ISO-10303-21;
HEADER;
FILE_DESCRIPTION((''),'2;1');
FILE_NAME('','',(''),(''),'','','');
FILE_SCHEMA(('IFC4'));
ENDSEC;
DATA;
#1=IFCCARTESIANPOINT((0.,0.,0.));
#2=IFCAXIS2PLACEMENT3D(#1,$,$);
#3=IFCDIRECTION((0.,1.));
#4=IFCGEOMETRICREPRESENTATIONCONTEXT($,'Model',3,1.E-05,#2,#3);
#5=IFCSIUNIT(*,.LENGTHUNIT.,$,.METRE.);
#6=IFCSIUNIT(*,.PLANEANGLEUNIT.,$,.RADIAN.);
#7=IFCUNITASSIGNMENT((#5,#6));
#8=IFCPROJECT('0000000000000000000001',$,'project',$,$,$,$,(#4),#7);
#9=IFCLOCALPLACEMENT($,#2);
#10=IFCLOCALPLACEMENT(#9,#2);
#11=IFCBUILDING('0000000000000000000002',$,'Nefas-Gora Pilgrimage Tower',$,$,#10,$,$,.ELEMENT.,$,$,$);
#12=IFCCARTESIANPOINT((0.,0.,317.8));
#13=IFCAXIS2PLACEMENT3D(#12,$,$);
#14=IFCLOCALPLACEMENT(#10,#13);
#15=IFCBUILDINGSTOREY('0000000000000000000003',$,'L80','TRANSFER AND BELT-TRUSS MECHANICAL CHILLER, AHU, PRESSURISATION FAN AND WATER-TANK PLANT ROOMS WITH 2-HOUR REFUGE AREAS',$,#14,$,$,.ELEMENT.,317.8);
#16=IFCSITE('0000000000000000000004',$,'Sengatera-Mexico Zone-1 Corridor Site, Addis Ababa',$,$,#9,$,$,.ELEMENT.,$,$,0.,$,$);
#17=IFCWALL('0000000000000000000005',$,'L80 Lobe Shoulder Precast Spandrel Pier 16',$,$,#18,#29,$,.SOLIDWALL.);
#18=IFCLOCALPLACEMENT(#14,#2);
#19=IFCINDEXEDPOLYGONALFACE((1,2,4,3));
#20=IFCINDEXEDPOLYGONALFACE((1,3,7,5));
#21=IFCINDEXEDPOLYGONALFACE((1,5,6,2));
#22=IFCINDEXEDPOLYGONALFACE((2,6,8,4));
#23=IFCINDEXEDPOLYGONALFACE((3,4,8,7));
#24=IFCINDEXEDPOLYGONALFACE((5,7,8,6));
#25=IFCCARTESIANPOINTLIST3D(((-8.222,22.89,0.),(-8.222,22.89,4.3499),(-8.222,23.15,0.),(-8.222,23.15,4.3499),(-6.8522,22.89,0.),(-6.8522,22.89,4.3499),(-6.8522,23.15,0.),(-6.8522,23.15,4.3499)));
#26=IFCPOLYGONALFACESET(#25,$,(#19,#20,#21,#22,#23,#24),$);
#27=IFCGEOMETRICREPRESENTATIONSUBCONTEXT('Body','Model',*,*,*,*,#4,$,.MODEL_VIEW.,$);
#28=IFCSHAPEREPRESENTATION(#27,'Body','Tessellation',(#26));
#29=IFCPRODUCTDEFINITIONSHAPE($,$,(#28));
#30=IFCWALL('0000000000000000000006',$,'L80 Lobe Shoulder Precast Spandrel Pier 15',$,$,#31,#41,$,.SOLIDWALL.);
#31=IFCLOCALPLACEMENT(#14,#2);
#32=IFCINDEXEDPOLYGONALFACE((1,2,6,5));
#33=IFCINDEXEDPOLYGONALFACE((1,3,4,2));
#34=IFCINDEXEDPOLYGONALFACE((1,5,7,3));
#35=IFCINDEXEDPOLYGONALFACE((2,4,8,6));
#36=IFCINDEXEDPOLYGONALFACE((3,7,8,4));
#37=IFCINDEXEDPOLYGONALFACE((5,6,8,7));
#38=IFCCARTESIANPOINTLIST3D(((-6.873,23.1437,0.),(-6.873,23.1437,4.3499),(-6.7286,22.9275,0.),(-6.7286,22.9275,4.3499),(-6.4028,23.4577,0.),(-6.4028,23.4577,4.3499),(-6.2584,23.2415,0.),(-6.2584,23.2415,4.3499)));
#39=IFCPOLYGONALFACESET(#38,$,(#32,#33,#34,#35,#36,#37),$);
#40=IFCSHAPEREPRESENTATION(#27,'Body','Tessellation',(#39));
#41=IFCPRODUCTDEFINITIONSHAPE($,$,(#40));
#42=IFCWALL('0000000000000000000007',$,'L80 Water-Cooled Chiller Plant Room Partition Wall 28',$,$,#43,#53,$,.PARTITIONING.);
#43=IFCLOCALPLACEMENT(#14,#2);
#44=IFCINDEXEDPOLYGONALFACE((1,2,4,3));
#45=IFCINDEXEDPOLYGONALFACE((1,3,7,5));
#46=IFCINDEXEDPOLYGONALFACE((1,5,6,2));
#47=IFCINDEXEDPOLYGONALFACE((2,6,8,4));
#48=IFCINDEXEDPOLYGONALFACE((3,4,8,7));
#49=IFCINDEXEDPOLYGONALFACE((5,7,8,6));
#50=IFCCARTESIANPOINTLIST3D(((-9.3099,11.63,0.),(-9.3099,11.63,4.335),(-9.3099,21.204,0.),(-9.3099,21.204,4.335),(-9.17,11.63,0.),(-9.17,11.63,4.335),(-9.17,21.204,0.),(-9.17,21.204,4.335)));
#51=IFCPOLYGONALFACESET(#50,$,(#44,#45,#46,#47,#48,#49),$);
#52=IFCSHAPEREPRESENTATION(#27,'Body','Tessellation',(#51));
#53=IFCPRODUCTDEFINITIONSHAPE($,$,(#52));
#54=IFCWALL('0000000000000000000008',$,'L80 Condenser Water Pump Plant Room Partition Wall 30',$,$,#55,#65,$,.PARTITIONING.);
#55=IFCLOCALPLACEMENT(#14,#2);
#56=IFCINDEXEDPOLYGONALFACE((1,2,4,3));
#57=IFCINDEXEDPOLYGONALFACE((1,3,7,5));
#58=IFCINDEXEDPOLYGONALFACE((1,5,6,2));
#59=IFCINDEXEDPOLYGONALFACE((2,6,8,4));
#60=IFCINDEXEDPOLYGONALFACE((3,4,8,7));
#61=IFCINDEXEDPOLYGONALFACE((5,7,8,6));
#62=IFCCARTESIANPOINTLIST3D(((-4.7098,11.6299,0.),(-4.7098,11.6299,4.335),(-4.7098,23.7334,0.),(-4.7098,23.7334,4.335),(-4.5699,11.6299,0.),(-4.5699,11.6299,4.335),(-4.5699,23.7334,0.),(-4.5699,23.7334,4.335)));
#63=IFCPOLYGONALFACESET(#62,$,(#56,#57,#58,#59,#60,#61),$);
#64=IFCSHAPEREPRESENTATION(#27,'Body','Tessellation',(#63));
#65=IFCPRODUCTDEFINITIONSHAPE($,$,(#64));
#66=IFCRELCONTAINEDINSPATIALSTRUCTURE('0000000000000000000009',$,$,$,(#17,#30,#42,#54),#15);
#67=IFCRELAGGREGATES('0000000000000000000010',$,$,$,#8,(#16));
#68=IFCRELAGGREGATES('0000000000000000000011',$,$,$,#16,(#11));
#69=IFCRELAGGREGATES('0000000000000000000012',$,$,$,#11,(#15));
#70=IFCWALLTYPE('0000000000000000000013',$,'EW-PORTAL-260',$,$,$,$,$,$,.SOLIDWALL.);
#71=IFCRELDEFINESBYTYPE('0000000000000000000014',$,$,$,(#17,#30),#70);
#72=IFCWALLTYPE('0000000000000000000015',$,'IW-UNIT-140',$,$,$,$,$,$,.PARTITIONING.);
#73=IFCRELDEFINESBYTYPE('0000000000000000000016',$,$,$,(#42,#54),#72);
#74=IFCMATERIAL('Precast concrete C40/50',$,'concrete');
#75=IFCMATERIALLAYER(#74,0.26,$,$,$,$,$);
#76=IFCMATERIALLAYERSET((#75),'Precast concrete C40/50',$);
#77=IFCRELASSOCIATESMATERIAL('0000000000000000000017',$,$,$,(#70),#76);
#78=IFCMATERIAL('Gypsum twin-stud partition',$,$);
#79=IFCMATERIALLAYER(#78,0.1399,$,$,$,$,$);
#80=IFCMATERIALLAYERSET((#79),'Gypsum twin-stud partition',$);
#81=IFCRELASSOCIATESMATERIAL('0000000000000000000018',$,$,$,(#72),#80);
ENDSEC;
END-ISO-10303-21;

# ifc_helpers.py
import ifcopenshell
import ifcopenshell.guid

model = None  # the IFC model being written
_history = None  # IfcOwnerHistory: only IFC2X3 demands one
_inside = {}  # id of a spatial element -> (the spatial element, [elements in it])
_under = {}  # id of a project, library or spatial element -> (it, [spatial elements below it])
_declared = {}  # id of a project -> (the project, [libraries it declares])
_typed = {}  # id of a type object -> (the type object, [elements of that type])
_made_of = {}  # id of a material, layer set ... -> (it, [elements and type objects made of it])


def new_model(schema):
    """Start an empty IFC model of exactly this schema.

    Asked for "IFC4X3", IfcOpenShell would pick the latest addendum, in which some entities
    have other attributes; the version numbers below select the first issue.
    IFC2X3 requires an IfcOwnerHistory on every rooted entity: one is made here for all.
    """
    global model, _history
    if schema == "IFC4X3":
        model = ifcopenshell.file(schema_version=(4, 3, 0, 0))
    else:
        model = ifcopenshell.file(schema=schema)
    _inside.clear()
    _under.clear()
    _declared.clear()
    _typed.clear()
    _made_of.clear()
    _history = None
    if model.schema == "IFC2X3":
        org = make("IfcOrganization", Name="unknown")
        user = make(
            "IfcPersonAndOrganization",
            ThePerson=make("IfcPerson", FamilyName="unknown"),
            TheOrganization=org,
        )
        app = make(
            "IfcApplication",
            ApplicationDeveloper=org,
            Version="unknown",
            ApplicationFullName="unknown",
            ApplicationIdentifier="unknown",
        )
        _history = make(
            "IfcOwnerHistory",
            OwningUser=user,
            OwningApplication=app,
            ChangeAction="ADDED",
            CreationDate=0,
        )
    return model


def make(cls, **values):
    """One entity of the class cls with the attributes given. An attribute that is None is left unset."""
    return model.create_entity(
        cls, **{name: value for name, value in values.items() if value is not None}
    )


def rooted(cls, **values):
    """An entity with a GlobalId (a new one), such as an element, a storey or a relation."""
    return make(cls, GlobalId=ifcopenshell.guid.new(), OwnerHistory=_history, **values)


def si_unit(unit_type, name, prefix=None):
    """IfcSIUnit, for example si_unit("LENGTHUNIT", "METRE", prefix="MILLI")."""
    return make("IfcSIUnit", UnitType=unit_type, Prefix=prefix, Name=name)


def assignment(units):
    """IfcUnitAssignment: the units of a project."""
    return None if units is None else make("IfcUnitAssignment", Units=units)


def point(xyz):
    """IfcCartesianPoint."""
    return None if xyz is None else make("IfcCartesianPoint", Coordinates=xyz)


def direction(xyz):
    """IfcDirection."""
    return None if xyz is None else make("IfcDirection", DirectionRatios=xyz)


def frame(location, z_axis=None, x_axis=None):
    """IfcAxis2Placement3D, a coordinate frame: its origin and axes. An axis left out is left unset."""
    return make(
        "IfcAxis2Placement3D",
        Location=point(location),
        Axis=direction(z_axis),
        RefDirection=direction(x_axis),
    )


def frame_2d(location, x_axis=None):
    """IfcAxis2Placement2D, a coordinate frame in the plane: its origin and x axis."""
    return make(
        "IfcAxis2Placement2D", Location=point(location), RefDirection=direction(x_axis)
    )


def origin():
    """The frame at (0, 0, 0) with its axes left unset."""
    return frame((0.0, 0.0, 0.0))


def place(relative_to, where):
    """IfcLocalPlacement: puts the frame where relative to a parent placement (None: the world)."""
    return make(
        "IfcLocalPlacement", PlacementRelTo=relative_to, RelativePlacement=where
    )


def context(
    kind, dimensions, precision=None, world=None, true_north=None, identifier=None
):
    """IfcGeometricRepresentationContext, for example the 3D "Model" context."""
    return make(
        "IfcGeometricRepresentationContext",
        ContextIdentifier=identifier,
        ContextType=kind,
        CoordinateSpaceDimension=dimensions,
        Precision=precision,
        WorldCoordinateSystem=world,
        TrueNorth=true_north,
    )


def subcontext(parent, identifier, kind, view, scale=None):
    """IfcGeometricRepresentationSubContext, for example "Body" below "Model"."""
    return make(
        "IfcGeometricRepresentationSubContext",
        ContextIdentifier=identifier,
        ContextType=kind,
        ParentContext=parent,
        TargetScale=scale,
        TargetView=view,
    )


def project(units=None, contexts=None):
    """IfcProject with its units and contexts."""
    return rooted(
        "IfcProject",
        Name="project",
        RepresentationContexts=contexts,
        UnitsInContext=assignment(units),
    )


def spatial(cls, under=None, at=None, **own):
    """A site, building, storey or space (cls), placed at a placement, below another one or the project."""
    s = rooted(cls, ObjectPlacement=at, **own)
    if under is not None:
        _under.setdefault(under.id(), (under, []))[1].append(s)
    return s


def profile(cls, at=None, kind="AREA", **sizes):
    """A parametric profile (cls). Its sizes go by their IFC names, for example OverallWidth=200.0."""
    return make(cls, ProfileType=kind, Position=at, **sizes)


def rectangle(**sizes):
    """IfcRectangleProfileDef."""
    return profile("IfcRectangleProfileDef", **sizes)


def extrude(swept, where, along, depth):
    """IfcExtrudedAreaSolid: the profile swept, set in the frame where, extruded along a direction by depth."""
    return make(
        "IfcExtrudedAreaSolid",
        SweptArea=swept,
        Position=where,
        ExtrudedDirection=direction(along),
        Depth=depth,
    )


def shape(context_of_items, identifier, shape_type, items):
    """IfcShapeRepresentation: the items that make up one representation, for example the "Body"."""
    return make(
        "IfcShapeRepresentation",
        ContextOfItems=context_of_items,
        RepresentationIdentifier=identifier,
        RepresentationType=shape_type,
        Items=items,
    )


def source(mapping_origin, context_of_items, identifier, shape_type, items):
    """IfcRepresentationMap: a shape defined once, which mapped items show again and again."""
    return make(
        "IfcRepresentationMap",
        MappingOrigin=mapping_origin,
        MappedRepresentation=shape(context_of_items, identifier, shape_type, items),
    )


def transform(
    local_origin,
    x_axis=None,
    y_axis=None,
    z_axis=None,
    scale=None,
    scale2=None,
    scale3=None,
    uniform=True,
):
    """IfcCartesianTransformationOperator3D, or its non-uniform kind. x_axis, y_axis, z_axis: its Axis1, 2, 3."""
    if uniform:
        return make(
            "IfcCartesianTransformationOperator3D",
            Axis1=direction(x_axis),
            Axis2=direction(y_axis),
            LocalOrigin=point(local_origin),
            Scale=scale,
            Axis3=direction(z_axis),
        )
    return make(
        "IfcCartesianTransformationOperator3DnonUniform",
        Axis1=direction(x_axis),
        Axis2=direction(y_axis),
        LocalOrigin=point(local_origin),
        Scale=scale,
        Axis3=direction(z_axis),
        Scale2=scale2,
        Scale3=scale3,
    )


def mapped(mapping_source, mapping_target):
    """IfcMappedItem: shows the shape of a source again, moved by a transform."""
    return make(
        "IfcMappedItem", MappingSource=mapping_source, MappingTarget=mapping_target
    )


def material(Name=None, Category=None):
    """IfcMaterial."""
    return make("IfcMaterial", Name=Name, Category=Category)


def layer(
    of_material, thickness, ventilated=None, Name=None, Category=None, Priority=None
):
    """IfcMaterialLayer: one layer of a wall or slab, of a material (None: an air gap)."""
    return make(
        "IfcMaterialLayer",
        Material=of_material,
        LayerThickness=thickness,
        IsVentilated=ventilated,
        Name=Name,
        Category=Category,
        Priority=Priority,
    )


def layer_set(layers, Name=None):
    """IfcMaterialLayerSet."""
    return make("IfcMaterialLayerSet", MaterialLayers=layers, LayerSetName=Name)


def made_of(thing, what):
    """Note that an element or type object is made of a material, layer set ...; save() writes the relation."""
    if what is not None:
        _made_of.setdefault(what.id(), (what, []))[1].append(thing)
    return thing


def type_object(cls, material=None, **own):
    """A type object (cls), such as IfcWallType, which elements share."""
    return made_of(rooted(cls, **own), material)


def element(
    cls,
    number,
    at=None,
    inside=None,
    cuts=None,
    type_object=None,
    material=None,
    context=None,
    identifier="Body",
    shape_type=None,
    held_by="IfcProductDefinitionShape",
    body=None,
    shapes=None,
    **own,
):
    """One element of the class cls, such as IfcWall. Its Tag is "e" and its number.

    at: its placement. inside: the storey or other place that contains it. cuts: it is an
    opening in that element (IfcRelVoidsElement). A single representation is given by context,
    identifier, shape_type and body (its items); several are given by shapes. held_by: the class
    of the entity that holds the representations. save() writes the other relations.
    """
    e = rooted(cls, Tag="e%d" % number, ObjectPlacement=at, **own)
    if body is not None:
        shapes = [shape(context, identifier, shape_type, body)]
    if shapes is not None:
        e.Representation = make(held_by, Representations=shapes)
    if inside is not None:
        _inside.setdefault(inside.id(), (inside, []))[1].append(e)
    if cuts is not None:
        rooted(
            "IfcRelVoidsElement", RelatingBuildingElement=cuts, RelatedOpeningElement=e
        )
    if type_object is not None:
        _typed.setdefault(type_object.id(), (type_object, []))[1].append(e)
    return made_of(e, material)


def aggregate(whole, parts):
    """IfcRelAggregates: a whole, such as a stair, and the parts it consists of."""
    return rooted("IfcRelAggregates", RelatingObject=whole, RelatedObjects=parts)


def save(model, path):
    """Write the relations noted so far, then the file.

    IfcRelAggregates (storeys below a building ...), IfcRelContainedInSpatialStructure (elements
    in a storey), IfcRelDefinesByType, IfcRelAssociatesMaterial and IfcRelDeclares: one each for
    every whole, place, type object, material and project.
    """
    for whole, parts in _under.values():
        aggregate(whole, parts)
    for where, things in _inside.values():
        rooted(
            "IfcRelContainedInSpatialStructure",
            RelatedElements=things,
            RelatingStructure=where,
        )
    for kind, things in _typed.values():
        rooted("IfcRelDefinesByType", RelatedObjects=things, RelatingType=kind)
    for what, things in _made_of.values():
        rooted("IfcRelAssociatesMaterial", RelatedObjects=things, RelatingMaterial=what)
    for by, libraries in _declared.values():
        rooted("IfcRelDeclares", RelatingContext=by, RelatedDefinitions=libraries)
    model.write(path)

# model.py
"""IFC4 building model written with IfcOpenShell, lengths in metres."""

from ifc_helpers import new_model, si_unit, direction, frame, frame_2d, origin, place, context, subcontext, project, spatial, rectangle, extrude, source, transform, mapped, material, layer, layer_set, type_object, element, save


model = new_model("IFC4")

# Units and contexts
model_context = context("Model", 3, precision=1e-05, world=origin(), true_north=direction((0.0, 1.0)))
body_context = subcontext(model_context, "Body", "Model", "MODEL_VIEW")
ifc_project = project(units=[si_unit("LENGTHUNIT", "METRE"), si_unit("PLANEANGLEUNIT", "RADIAN")], contexts=[model_context])

# Site, building, storey
site_placement = place(None, origin())
site = spatial("IfcSite", under=ifc_project, at=site_placement, Name="Sengatera-Mexico Zone-1 Corridor Site, Addis Ababa", CompositionType="ELEMENT", RefElevation=0.0)
building_placement = place(site_placement, origin())
building = spatial("IfcBuilding", under=site, at=building_placement, Name="Nefas-Gora Pilgrimage Tower", CompositionType="ELEMENT")
storey_placement = place(building_placement, frame((0.0, 0.0, 317.8)))
storey = spatial("IfcBuildingStorey", under=building, at=storey_placement, Name="L80", Description="TRANSFER AND BELT-TRUSS MECHANICAL CHILLER, AHU, PRESSURISATION FAN AND WATER-TANK PLANT ROOMS WITH 2-HOUR REFUGE AREAS", CompositionType="ELEMENT", Elevation=317.8)

# Walls
ifc_material_1 = material(Name="Precast concrete C40/50", Category="concrete")
ifc_layer_1 = layer(ifc_material_1, 0.26)
ifc_layer_set_1 = layer_set([ifc_layer_1], Name="Precast concrete C40/50")
wall_type_1 = type_object("IfcWallType", Name="EW-PORTAL-260", PredefinedType="SOLIDWALL", material=ifc_layer_set_1)
shared_shape_1 = source(origin(), body_context, "Body", "SweptSolid", [
    extrude(rectangle(XDim=1.3699, YDim=0.26, at=frame_2d((0.6851, 0.0))), origin(), (0.0, 0.0, 1.0), 4.3499),
])
wall_1_placement = place(storey_placement, frame((-6.8521, 23.02, 0.0), z_axis=(0.0, 0.0, 1.0), x_axis=(-1.0, 0.0, 0.0)))
element("IfcWall", 1, at=wall_1_placement, inside=storey, type_object=wall_type_1, Name="L80 Lobe Shoulder Precast Spandrel Pier 16", PredefinedType="SOLIDWALL", context=body_context, shape_type="MappedRepresentation", body=[
    mapped(shared_shape_1, transform((0.0, 0.0, 0.0), x_axis=(1.0, 0.0, 0.0), y_axis=(0.0, 1.0, 0.0), z_axis=(0.0, 0.0, 1.0), scale=1.0)),
])
shared_shape_2 = source(origin(), body_context, "Body", "SweptSolid", [
    extrude(rectangle(XDim=0.5654, YDim=0.26, at=frame_2d((0.2827, 0.0))), origin(), (0.0, 0.0, 1.0), 4.3499),
])
wall_2_placement = place(storey_placement, frame((-6.3306, 23.3496, 0.0), z_axis=(0.0, 0.0, 1.0), x_axis=(-0.831651, -0.555298, 0.0)))
element("IfcWall", 2, at=wall_2_placement, inside=storey, type_object=wall_type_1, Name="L80 Lobe Shoulder Precast Spandrel Pier 15", PredefinedType="SOLIDWALL", context=body_context, shape_type="MappedRepresentation", body=[
    mapped(shared_shape_2, transform((0.0, 0.0, 0.0), x_axis=(1.0, 0.0, 0.0), y_axis=(0.0, 1.0, 0.0), z_axis=(0.0, 0.0, 1.0), scale=1.0)),
])
ifc_material_2 = material(Name="Gypsum twin-stud partition")
ifc_layer_2 = layer(ifc_material_2, 0.1399)
ifc_layer_set_2 = layer_set([ifc_layer_2], Name="Gypsum twin-stud partition")
wall_type_2 = type_object("IfcWallType", Name="IW-UNIT-140", PredefinedType="PARTITIONING", material=ifc_layer_set_2)
shared_shape_3 = source(origin(), body_context, "Body", "SweptSolid", [
    extrude(rectangle(XDim=9.574, YDim=0.1399, at=frame_2d((4.7871, 0.0))), origin(), (0.0, 0.0, 1.0), 4.335),
])
wall_3_placement = place(storey_placement, frame((-9.24, 11.6299, 0.0), z_axis=(0.0, 0.0, 1.0), x_axis=(0.0, 1.0, 0.0)))
element("IfcWall", 3, at=wall_3_placement, inside=storey, type_object=wall_type_2, Name="L80 Water-Cooled Chiller Plant Room Partition Wall 28", PredefinedType="PARTITIONING", context=body_context, shape_type="MappedRepresentation", body=[
    mapped(shared_shape_3, transform((0.0, 0.0, 0.0), x_axis=(1.0, 0.0, 0.0), y_axis=(0.0, 1.0, 0.0), z_axis=(0.0, 0.0, 1.0), scale=1.0)),
])

# Wall
shared_shape_4 = source(origin(), body_context, "Body", "SweptSolid", [
    extrude(rectangle(XDim=12.1035, YDim=0.1399, at=frame_2d((6.0518, 0.0))), origin(), (0.0, 0.0, 1.0), 4.335),
])
wall_4_placement = place(storey_placement, frame((-4.6399, 11.6299, 0.0), z_axis=(0.0, 0.0, 1.0), x_axis=(0.0, 1.0, 0.0)))
element("IfcWall", 4, at=wall_4_placement, inside=storey, type_object=wall_type_2, Name="L80 Condenser Water Pump Plant Room Partition Wall 30", PredefinedType="PARTITIONING", context=body_context, shape_type="MappedRepresentation", body=[
    mapped(shared_shape_4, transform((0.0, 0.0, 0.0), x_axis=(1.0, 0.0, 0.0), y_axis=(0.0, 1.0, 0.0), z_axis=(0.0, 0.0, 1.0), scale=1.0)),
])

save(model, "model.ifc")
